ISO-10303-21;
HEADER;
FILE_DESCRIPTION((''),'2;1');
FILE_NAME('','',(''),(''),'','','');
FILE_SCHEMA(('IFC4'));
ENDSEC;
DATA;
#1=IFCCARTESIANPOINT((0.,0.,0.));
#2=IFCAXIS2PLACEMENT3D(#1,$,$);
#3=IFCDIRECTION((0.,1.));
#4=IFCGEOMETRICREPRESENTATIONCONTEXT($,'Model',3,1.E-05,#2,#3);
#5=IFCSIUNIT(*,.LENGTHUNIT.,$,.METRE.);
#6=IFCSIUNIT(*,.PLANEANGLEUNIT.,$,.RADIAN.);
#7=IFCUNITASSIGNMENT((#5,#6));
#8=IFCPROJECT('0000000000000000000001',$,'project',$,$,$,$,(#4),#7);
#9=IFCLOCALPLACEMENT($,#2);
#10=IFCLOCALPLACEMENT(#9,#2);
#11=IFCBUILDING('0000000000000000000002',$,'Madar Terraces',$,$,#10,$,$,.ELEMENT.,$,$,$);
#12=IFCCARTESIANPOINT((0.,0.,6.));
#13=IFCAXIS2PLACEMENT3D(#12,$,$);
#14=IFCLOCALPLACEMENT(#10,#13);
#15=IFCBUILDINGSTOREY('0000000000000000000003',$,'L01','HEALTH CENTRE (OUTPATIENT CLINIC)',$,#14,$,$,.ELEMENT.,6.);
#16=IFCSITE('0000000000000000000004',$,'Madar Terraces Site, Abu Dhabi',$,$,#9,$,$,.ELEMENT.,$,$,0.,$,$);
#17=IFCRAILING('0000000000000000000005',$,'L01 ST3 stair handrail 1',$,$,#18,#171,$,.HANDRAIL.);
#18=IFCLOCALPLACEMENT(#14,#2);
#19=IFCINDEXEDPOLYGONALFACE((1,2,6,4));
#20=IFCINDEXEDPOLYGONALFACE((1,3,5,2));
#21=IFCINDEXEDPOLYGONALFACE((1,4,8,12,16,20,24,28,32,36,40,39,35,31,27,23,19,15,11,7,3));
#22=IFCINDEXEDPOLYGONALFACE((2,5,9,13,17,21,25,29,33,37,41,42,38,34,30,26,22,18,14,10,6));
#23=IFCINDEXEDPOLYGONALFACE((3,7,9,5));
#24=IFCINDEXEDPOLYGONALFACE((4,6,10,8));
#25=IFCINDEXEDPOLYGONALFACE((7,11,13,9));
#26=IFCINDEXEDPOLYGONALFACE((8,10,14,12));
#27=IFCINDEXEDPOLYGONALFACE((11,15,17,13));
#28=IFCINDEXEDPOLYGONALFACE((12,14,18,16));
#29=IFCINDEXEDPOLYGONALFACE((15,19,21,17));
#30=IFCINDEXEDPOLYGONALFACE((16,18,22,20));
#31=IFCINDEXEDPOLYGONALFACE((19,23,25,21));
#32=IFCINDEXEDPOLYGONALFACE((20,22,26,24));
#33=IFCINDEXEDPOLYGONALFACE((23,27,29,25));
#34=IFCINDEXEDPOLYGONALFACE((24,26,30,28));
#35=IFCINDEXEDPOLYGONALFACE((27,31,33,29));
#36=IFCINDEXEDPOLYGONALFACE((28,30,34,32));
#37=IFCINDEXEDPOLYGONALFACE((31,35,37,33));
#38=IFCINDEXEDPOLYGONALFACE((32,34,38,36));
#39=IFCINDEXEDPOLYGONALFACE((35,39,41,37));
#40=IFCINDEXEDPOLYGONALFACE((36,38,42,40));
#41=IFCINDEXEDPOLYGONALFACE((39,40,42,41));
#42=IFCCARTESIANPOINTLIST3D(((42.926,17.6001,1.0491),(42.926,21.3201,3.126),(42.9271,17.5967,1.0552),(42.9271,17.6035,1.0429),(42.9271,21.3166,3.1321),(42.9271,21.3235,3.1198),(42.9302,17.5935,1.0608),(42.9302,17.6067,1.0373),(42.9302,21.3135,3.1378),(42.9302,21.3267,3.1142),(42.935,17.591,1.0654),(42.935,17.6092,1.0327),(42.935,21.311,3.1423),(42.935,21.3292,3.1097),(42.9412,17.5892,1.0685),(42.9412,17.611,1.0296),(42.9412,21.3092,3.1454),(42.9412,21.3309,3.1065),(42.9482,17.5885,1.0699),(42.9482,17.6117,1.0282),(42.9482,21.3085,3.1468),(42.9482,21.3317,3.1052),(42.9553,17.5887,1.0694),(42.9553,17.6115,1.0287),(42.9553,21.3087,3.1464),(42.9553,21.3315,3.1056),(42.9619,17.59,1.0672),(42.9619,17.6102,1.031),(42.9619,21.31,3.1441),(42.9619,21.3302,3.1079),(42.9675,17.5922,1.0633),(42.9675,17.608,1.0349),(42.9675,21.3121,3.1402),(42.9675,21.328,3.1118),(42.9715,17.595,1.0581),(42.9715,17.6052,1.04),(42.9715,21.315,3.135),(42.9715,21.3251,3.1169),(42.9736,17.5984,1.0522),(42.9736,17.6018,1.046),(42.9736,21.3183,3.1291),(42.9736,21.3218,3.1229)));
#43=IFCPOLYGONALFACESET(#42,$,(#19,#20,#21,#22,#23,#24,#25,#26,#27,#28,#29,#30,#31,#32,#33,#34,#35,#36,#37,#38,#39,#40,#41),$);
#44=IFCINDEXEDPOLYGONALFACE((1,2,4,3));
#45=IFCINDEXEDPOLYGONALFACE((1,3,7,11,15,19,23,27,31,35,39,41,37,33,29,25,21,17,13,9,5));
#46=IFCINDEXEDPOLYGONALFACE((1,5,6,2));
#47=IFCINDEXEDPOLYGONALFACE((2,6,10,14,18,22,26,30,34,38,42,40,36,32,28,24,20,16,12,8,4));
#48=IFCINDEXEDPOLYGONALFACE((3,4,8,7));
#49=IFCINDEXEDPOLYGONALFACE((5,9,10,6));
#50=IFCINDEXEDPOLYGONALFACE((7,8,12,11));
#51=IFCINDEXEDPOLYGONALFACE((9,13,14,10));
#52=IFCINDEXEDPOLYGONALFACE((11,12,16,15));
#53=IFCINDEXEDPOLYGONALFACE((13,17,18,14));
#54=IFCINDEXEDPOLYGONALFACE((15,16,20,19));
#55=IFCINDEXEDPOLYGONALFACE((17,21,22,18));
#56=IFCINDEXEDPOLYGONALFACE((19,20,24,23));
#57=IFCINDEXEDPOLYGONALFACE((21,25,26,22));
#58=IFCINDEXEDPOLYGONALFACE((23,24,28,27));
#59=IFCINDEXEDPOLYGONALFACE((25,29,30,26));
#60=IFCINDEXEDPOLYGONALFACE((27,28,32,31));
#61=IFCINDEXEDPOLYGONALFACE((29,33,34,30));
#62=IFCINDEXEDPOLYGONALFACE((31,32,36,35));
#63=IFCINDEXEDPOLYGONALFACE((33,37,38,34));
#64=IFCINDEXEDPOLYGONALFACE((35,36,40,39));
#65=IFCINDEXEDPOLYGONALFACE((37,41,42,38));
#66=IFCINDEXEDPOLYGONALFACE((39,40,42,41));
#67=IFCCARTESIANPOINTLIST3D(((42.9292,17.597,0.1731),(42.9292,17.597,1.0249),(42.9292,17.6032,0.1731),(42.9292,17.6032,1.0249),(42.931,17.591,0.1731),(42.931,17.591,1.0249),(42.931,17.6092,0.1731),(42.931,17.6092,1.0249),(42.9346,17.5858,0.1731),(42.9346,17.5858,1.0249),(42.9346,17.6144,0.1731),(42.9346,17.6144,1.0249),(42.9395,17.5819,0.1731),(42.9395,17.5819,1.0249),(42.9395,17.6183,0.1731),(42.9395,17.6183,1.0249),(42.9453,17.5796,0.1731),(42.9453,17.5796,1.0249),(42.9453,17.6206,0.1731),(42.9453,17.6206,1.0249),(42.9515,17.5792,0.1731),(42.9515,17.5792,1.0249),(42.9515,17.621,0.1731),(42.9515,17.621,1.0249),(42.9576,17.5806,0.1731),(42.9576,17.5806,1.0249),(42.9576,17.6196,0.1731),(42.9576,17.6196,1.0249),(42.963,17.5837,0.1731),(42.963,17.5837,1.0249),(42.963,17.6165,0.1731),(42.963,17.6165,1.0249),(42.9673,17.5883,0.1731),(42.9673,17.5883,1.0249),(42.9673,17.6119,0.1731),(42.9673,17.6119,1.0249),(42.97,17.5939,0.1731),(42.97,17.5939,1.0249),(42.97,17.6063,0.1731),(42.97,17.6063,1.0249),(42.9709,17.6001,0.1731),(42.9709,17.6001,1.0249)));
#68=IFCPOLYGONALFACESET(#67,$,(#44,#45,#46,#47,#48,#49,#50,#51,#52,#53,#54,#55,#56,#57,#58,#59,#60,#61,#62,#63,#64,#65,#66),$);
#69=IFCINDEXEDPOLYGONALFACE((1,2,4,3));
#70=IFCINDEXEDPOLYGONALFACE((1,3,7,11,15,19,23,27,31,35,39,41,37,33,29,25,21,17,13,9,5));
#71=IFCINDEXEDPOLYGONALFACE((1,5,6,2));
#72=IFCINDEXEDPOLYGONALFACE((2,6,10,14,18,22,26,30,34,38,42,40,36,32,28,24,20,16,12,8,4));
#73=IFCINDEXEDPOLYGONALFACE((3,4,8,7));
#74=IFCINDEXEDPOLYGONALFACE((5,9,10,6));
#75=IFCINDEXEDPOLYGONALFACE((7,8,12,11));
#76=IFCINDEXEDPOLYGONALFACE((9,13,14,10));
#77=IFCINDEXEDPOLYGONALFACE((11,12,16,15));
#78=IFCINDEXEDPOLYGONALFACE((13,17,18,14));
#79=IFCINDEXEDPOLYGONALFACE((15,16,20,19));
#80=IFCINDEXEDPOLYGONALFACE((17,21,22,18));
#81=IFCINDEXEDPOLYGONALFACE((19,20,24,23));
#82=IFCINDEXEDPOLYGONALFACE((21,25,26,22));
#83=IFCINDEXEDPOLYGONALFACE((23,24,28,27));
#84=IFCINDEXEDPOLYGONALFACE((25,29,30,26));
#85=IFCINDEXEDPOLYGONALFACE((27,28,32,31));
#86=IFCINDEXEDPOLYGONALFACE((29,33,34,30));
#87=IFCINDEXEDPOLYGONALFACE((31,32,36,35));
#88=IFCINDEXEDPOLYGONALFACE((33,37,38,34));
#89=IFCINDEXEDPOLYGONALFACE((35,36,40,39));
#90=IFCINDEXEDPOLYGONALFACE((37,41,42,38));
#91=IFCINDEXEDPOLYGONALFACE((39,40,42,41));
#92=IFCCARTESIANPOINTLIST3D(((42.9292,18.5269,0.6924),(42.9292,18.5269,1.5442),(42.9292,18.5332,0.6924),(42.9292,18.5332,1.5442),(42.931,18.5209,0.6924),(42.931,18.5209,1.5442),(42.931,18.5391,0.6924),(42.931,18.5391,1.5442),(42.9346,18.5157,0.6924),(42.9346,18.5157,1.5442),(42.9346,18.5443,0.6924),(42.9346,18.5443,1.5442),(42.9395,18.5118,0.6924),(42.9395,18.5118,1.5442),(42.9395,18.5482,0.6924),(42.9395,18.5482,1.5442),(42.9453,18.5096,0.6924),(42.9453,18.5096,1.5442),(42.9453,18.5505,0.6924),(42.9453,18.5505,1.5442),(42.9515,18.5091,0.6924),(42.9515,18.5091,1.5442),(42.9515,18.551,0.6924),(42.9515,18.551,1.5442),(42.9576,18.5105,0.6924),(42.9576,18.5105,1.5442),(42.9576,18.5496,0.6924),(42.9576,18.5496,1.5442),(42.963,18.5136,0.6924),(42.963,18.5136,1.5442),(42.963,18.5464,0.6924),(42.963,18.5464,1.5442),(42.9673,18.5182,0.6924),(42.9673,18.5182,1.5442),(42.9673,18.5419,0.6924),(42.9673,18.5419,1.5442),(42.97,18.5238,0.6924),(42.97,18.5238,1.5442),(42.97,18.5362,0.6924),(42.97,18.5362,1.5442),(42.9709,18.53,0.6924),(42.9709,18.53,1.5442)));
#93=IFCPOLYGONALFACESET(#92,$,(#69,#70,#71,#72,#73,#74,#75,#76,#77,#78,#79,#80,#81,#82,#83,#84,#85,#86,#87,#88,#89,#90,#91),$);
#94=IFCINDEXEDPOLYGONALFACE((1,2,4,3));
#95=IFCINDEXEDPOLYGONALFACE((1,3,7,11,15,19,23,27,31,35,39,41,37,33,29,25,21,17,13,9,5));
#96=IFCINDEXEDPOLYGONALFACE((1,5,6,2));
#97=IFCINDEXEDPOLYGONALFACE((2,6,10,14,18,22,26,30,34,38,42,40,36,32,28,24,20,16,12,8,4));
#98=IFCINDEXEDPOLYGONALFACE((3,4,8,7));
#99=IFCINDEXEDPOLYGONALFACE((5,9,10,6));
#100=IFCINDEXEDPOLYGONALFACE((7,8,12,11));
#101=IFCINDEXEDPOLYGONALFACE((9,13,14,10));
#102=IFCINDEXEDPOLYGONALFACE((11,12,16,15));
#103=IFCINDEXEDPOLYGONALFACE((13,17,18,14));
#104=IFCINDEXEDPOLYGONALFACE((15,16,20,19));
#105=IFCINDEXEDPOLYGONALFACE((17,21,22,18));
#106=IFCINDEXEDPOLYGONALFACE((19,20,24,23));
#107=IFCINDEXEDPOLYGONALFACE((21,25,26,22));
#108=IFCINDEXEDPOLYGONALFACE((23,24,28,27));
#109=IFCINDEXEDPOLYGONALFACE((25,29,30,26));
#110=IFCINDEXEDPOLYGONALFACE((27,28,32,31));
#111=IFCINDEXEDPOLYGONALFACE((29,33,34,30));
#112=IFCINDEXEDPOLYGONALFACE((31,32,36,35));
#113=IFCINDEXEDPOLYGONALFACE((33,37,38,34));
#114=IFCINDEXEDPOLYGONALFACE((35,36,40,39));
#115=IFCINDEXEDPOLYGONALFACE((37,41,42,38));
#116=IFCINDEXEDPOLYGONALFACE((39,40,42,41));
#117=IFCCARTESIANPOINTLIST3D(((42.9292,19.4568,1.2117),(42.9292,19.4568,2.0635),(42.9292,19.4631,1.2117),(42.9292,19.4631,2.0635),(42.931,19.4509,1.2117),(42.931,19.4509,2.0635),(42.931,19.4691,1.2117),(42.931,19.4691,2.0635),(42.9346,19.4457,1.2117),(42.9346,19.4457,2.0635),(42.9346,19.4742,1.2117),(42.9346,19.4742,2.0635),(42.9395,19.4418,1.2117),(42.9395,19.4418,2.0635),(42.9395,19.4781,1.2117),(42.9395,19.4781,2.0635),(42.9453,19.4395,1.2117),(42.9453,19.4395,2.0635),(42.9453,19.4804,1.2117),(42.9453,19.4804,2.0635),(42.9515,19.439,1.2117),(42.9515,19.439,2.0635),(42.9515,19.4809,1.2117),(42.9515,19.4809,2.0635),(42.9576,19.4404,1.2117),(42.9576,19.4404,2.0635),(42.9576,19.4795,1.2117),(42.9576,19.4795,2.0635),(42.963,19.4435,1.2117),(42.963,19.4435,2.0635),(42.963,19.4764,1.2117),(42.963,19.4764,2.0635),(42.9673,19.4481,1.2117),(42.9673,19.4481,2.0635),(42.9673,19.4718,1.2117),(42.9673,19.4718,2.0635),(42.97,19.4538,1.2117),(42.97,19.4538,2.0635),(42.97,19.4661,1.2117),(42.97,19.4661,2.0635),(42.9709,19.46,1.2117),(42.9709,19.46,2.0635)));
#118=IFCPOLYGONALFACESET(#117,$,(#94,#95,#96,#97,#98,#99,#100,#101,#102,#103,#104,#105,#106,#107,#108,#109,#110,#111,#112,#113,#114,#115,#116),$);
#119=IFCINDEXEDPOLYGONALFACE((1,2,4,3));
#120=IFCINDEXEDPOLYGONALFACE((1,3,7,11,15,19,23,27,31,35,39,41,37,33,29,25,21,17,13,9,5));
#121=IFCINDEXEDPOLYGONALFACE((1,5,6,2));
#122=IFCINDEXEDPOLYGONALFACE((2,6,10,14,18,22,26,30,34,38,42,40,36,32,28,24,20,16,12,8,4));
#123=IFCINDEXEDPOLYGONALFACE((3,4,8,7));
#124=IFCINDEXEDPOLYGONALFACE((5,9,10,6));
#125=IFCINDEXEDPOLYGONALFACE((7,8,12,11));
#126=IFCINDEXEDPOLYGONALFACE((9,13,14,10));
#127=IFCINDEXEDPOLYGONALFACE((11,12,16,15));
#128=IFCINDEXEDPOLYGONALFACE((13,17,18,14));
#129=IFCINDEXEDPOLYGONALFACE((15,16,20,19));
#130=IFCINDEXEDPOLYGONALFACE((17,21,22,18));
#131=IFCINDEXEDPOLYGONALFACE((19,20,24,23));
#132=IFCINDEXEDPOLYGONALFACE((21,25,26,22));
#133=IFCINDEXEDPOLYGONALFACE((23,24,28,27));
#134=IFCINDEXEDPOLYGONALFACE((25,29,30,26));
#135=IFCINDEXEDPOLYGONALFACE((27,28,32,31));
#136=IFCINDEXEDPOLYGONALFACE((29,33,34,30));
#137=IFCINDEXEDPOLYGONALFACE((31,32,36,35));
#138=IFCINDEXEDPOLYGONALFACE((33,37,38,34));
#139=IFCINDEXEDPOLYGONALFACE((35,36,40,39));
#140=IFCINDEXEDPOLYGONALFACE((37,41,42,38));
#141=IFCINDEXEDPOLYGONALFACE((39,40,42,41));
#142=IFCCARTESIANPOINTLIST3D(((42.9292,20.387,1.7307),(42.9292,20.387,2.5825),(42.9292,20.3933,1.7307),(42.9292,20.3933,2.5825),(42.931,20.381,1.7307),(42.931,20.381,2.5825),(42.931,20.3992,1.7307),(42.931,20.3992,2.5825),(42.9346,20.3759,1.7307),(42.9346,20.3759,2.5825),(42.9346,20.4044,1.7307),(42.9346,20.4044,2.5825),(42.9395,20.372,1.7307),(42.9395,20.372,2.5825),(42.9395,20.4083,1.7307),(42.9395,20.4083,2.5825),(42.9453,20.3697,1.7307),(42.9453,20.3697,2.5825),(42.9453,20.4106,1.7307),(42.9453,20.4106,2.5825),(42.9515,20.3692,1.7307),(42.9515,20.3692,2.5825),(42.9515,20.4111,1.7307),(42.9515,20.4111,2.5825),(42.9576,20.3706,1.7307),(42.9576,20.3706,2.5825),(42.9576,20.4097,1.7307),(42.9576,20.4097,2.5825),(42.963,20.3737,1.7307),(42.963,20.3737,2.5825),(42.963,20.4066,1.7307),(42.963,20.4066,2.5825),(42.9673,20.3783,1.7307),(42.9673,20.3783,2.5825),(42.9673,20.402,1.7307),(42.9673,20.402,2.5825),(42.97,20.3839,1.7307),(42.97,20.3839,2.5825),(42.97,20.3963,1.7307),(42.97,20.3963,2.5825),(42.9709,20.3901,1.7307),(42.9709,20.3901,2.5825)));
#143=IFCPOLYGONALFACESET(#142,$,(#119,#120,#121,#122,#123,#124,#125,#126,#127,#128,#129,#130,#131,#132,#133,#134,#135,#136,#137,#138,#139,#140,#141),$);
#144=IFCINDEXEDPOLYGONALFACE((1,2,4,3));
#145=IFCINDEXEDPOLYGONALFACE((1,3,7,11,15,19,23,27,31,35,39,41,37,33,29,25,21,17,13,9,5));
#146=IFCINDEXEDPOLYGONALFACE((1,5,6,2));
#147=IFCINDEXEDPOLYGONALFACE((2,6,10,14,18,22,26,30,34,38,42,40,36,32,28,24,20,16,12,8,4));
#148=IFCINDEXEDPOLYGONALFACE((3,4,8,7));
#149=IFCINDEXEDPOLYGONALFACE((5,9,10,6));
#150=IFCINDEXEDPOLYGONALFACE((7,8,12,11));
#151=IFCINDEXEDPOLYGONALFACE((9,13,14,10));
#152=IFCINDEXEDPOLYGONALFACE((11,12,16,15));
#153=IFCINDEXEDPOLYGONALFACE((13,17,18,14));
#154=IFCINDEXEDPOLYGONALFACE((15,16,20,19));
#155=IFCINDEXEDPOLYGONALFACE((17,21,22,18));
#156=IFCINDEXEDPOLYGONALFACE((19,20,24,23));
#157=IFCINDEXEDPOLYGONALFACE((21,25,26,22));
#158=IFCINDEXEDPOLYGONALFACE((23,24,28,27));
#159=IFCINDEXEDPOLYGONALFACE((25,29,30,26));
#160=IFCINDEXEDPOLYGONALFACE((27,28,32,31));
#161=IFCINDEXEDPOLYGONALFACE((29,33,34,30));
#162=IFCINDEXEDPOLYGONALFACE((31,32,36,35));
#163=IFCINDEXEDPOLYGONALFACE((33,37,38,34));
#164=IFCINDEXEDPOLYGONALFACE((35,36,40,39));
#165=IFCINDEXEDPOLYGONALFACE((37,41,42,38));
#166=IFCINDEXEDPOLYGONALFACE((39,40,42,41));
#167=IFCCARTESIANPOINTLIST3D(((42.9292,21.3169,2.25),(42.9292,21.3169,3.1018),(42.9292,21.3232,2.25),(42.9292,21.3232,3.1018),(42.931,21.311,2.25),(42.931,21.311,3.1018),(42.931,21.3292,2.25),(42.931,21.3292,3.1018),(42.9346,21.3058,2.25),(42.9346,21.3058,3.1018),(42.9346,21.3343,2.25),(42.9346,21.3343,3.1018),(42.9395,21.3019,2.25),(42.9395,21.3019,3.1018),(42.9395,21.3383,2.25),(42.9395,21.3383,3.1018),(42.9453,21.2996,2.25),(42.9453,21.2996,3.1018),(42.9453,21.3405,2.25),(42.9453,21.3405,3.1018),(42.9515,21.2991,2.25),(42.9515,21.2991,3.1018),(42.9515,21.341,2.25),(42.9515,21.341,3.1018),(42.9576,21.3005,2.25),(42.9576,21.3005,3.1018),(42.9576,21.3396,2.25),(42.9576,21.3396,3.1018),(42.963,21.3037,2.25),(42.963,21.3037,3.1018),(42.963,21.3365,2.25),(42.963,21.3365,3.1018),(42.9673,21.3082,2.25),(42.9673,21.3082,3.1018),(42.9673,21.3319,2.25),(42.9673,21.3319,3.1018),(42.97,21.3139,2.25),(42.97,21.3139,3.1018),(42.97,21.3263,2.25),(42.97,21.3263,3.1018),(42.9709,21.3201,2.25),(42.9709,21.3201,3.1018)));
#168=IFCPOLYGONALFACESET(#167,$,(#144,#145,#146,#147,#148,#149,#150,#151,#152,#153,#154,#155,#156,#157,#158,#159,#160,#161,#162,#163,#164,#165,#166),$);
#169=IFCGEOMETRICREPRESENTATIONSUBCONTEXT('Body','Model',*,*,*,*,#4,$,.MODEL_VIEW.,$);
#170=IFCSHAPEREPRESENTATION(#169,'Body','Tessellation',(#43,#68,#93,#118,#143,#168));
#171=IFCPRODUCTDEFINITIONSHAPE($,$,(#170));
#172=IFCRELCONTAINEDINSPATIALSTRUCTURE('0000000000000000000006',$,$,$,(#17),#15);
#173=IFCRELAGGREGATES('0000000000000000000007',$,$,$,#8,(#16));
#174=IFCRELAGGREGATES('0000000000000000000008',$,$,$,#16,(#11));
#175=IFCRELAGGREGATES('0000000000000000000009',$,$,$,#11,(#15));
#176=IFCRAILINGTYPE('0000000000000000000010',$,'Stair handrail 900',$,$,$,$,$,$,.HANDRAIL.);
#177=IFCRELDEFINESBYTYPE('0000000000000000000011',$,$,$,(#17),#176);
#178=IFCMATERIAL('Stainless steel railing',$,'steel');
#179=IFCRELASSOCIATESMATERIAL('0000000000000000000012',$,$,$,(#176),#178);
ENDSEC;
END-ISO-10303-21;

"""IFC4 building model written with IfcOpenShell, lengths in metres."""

from ifc_helpers import new_model, si_unit, direction, frame, origin, origin_2d, place, context, subcontext, project, spatial, circle, extrude, material, type_object, element, save


model = new_model("IFC4")

# Units and contexts
model_context = context("Model", 3, precision=1e-05, world=origin(), true_north=direction((0.0, 1.0)))
body_context = subcontext(model_context, "Body", "Model", "MODEL_VIEW")
ifc_project = project(units=[si_unit("LENGTHUNIT", "METRE"), si_unit("PLANEANGLEUNIT", "RADIAN")], contexts=[model_context])

# Site, building, storey
site_placement = place(None, origin())
site = spatial("IfcSite", under=ifc_project, at=site_placement, Name="Madar Terraces Site, Abu Dhabi", CompositionType="ELEMENT", RefElevation=0.0)
building_placement = place(site_placement, origin())
building = spatial("IfcBuilding", under=site, at=building_placement, Name="Madar Terraces", CompositionType="ELEMENT")
storey_placement = place(building_placement, frame((0.0, 0.0, 6.0)))
storey = spatial("IfcBuildingStorey", under=building, at=storey_placement, Name="L01", Description="HEALTH CENTRE (OUTPATIENT CLINIC)", CompositionType="ELEMENT", Elevation=6.0)

# Railing
ifc_material_1 = material(Name="Stainless steel railing", Category="steel")
railing_type_1 = type_object("IfcRailingType", Name="Stair handrail 900", PredefinedType="HANDRAIL", material=ifc_material_1)
for number, where, name in (
    (1, (42.95, 17.6001, 0.1731), "L01 ST3 stair handrail 1"),
):
    element("IfcRailing", number, at=place(storey_placement, frame(where)), inside=storey, type_object=railing_type_1, Name=name, PredefinedType="HANDRAIL", context=body_context, shape_type="SweptSolid", body=[
        extrude(circle(Radius=0.0239, at=origin_2d()), frame((0.0, 0.0, 0.876), z_axis=(0.0, 0.873134, 0.487481), x_axis=(-1.0, 0.0, 0.0)), (0.0, 0.0, 1.0), 4.2605),
        extrude(circle(Radius=0.021, at=origin_2d()), origin(), (0.0, 0.0, 1.0), 0.8518),
        extrude(circle(Radius=0.021, at=origin_2d()), frame((0.0, 0.9299, 0.5193)), (0.0, 0.0, 1.0), 0.8518),
        extrude(circle(Radius=0.021, at=origin_2d()), frame((0.0, 1.8599, 1.0386)), (0.0, 0.0, 1.0), 0.8518),
        extrude(circle(Radius=0.021, at=origin_2d()), frame((0.0, 2.79, 1.5576)), (0.0, 0.0, 1.0), 0.8518),
        extrude(circle(Radius=0.021, at=origin_2d()), frame((0.0, 3.72, 2.0769)), (0.0, 0.0, 1.0), 0.8518),
    ])

save(model, "model.ifc")
